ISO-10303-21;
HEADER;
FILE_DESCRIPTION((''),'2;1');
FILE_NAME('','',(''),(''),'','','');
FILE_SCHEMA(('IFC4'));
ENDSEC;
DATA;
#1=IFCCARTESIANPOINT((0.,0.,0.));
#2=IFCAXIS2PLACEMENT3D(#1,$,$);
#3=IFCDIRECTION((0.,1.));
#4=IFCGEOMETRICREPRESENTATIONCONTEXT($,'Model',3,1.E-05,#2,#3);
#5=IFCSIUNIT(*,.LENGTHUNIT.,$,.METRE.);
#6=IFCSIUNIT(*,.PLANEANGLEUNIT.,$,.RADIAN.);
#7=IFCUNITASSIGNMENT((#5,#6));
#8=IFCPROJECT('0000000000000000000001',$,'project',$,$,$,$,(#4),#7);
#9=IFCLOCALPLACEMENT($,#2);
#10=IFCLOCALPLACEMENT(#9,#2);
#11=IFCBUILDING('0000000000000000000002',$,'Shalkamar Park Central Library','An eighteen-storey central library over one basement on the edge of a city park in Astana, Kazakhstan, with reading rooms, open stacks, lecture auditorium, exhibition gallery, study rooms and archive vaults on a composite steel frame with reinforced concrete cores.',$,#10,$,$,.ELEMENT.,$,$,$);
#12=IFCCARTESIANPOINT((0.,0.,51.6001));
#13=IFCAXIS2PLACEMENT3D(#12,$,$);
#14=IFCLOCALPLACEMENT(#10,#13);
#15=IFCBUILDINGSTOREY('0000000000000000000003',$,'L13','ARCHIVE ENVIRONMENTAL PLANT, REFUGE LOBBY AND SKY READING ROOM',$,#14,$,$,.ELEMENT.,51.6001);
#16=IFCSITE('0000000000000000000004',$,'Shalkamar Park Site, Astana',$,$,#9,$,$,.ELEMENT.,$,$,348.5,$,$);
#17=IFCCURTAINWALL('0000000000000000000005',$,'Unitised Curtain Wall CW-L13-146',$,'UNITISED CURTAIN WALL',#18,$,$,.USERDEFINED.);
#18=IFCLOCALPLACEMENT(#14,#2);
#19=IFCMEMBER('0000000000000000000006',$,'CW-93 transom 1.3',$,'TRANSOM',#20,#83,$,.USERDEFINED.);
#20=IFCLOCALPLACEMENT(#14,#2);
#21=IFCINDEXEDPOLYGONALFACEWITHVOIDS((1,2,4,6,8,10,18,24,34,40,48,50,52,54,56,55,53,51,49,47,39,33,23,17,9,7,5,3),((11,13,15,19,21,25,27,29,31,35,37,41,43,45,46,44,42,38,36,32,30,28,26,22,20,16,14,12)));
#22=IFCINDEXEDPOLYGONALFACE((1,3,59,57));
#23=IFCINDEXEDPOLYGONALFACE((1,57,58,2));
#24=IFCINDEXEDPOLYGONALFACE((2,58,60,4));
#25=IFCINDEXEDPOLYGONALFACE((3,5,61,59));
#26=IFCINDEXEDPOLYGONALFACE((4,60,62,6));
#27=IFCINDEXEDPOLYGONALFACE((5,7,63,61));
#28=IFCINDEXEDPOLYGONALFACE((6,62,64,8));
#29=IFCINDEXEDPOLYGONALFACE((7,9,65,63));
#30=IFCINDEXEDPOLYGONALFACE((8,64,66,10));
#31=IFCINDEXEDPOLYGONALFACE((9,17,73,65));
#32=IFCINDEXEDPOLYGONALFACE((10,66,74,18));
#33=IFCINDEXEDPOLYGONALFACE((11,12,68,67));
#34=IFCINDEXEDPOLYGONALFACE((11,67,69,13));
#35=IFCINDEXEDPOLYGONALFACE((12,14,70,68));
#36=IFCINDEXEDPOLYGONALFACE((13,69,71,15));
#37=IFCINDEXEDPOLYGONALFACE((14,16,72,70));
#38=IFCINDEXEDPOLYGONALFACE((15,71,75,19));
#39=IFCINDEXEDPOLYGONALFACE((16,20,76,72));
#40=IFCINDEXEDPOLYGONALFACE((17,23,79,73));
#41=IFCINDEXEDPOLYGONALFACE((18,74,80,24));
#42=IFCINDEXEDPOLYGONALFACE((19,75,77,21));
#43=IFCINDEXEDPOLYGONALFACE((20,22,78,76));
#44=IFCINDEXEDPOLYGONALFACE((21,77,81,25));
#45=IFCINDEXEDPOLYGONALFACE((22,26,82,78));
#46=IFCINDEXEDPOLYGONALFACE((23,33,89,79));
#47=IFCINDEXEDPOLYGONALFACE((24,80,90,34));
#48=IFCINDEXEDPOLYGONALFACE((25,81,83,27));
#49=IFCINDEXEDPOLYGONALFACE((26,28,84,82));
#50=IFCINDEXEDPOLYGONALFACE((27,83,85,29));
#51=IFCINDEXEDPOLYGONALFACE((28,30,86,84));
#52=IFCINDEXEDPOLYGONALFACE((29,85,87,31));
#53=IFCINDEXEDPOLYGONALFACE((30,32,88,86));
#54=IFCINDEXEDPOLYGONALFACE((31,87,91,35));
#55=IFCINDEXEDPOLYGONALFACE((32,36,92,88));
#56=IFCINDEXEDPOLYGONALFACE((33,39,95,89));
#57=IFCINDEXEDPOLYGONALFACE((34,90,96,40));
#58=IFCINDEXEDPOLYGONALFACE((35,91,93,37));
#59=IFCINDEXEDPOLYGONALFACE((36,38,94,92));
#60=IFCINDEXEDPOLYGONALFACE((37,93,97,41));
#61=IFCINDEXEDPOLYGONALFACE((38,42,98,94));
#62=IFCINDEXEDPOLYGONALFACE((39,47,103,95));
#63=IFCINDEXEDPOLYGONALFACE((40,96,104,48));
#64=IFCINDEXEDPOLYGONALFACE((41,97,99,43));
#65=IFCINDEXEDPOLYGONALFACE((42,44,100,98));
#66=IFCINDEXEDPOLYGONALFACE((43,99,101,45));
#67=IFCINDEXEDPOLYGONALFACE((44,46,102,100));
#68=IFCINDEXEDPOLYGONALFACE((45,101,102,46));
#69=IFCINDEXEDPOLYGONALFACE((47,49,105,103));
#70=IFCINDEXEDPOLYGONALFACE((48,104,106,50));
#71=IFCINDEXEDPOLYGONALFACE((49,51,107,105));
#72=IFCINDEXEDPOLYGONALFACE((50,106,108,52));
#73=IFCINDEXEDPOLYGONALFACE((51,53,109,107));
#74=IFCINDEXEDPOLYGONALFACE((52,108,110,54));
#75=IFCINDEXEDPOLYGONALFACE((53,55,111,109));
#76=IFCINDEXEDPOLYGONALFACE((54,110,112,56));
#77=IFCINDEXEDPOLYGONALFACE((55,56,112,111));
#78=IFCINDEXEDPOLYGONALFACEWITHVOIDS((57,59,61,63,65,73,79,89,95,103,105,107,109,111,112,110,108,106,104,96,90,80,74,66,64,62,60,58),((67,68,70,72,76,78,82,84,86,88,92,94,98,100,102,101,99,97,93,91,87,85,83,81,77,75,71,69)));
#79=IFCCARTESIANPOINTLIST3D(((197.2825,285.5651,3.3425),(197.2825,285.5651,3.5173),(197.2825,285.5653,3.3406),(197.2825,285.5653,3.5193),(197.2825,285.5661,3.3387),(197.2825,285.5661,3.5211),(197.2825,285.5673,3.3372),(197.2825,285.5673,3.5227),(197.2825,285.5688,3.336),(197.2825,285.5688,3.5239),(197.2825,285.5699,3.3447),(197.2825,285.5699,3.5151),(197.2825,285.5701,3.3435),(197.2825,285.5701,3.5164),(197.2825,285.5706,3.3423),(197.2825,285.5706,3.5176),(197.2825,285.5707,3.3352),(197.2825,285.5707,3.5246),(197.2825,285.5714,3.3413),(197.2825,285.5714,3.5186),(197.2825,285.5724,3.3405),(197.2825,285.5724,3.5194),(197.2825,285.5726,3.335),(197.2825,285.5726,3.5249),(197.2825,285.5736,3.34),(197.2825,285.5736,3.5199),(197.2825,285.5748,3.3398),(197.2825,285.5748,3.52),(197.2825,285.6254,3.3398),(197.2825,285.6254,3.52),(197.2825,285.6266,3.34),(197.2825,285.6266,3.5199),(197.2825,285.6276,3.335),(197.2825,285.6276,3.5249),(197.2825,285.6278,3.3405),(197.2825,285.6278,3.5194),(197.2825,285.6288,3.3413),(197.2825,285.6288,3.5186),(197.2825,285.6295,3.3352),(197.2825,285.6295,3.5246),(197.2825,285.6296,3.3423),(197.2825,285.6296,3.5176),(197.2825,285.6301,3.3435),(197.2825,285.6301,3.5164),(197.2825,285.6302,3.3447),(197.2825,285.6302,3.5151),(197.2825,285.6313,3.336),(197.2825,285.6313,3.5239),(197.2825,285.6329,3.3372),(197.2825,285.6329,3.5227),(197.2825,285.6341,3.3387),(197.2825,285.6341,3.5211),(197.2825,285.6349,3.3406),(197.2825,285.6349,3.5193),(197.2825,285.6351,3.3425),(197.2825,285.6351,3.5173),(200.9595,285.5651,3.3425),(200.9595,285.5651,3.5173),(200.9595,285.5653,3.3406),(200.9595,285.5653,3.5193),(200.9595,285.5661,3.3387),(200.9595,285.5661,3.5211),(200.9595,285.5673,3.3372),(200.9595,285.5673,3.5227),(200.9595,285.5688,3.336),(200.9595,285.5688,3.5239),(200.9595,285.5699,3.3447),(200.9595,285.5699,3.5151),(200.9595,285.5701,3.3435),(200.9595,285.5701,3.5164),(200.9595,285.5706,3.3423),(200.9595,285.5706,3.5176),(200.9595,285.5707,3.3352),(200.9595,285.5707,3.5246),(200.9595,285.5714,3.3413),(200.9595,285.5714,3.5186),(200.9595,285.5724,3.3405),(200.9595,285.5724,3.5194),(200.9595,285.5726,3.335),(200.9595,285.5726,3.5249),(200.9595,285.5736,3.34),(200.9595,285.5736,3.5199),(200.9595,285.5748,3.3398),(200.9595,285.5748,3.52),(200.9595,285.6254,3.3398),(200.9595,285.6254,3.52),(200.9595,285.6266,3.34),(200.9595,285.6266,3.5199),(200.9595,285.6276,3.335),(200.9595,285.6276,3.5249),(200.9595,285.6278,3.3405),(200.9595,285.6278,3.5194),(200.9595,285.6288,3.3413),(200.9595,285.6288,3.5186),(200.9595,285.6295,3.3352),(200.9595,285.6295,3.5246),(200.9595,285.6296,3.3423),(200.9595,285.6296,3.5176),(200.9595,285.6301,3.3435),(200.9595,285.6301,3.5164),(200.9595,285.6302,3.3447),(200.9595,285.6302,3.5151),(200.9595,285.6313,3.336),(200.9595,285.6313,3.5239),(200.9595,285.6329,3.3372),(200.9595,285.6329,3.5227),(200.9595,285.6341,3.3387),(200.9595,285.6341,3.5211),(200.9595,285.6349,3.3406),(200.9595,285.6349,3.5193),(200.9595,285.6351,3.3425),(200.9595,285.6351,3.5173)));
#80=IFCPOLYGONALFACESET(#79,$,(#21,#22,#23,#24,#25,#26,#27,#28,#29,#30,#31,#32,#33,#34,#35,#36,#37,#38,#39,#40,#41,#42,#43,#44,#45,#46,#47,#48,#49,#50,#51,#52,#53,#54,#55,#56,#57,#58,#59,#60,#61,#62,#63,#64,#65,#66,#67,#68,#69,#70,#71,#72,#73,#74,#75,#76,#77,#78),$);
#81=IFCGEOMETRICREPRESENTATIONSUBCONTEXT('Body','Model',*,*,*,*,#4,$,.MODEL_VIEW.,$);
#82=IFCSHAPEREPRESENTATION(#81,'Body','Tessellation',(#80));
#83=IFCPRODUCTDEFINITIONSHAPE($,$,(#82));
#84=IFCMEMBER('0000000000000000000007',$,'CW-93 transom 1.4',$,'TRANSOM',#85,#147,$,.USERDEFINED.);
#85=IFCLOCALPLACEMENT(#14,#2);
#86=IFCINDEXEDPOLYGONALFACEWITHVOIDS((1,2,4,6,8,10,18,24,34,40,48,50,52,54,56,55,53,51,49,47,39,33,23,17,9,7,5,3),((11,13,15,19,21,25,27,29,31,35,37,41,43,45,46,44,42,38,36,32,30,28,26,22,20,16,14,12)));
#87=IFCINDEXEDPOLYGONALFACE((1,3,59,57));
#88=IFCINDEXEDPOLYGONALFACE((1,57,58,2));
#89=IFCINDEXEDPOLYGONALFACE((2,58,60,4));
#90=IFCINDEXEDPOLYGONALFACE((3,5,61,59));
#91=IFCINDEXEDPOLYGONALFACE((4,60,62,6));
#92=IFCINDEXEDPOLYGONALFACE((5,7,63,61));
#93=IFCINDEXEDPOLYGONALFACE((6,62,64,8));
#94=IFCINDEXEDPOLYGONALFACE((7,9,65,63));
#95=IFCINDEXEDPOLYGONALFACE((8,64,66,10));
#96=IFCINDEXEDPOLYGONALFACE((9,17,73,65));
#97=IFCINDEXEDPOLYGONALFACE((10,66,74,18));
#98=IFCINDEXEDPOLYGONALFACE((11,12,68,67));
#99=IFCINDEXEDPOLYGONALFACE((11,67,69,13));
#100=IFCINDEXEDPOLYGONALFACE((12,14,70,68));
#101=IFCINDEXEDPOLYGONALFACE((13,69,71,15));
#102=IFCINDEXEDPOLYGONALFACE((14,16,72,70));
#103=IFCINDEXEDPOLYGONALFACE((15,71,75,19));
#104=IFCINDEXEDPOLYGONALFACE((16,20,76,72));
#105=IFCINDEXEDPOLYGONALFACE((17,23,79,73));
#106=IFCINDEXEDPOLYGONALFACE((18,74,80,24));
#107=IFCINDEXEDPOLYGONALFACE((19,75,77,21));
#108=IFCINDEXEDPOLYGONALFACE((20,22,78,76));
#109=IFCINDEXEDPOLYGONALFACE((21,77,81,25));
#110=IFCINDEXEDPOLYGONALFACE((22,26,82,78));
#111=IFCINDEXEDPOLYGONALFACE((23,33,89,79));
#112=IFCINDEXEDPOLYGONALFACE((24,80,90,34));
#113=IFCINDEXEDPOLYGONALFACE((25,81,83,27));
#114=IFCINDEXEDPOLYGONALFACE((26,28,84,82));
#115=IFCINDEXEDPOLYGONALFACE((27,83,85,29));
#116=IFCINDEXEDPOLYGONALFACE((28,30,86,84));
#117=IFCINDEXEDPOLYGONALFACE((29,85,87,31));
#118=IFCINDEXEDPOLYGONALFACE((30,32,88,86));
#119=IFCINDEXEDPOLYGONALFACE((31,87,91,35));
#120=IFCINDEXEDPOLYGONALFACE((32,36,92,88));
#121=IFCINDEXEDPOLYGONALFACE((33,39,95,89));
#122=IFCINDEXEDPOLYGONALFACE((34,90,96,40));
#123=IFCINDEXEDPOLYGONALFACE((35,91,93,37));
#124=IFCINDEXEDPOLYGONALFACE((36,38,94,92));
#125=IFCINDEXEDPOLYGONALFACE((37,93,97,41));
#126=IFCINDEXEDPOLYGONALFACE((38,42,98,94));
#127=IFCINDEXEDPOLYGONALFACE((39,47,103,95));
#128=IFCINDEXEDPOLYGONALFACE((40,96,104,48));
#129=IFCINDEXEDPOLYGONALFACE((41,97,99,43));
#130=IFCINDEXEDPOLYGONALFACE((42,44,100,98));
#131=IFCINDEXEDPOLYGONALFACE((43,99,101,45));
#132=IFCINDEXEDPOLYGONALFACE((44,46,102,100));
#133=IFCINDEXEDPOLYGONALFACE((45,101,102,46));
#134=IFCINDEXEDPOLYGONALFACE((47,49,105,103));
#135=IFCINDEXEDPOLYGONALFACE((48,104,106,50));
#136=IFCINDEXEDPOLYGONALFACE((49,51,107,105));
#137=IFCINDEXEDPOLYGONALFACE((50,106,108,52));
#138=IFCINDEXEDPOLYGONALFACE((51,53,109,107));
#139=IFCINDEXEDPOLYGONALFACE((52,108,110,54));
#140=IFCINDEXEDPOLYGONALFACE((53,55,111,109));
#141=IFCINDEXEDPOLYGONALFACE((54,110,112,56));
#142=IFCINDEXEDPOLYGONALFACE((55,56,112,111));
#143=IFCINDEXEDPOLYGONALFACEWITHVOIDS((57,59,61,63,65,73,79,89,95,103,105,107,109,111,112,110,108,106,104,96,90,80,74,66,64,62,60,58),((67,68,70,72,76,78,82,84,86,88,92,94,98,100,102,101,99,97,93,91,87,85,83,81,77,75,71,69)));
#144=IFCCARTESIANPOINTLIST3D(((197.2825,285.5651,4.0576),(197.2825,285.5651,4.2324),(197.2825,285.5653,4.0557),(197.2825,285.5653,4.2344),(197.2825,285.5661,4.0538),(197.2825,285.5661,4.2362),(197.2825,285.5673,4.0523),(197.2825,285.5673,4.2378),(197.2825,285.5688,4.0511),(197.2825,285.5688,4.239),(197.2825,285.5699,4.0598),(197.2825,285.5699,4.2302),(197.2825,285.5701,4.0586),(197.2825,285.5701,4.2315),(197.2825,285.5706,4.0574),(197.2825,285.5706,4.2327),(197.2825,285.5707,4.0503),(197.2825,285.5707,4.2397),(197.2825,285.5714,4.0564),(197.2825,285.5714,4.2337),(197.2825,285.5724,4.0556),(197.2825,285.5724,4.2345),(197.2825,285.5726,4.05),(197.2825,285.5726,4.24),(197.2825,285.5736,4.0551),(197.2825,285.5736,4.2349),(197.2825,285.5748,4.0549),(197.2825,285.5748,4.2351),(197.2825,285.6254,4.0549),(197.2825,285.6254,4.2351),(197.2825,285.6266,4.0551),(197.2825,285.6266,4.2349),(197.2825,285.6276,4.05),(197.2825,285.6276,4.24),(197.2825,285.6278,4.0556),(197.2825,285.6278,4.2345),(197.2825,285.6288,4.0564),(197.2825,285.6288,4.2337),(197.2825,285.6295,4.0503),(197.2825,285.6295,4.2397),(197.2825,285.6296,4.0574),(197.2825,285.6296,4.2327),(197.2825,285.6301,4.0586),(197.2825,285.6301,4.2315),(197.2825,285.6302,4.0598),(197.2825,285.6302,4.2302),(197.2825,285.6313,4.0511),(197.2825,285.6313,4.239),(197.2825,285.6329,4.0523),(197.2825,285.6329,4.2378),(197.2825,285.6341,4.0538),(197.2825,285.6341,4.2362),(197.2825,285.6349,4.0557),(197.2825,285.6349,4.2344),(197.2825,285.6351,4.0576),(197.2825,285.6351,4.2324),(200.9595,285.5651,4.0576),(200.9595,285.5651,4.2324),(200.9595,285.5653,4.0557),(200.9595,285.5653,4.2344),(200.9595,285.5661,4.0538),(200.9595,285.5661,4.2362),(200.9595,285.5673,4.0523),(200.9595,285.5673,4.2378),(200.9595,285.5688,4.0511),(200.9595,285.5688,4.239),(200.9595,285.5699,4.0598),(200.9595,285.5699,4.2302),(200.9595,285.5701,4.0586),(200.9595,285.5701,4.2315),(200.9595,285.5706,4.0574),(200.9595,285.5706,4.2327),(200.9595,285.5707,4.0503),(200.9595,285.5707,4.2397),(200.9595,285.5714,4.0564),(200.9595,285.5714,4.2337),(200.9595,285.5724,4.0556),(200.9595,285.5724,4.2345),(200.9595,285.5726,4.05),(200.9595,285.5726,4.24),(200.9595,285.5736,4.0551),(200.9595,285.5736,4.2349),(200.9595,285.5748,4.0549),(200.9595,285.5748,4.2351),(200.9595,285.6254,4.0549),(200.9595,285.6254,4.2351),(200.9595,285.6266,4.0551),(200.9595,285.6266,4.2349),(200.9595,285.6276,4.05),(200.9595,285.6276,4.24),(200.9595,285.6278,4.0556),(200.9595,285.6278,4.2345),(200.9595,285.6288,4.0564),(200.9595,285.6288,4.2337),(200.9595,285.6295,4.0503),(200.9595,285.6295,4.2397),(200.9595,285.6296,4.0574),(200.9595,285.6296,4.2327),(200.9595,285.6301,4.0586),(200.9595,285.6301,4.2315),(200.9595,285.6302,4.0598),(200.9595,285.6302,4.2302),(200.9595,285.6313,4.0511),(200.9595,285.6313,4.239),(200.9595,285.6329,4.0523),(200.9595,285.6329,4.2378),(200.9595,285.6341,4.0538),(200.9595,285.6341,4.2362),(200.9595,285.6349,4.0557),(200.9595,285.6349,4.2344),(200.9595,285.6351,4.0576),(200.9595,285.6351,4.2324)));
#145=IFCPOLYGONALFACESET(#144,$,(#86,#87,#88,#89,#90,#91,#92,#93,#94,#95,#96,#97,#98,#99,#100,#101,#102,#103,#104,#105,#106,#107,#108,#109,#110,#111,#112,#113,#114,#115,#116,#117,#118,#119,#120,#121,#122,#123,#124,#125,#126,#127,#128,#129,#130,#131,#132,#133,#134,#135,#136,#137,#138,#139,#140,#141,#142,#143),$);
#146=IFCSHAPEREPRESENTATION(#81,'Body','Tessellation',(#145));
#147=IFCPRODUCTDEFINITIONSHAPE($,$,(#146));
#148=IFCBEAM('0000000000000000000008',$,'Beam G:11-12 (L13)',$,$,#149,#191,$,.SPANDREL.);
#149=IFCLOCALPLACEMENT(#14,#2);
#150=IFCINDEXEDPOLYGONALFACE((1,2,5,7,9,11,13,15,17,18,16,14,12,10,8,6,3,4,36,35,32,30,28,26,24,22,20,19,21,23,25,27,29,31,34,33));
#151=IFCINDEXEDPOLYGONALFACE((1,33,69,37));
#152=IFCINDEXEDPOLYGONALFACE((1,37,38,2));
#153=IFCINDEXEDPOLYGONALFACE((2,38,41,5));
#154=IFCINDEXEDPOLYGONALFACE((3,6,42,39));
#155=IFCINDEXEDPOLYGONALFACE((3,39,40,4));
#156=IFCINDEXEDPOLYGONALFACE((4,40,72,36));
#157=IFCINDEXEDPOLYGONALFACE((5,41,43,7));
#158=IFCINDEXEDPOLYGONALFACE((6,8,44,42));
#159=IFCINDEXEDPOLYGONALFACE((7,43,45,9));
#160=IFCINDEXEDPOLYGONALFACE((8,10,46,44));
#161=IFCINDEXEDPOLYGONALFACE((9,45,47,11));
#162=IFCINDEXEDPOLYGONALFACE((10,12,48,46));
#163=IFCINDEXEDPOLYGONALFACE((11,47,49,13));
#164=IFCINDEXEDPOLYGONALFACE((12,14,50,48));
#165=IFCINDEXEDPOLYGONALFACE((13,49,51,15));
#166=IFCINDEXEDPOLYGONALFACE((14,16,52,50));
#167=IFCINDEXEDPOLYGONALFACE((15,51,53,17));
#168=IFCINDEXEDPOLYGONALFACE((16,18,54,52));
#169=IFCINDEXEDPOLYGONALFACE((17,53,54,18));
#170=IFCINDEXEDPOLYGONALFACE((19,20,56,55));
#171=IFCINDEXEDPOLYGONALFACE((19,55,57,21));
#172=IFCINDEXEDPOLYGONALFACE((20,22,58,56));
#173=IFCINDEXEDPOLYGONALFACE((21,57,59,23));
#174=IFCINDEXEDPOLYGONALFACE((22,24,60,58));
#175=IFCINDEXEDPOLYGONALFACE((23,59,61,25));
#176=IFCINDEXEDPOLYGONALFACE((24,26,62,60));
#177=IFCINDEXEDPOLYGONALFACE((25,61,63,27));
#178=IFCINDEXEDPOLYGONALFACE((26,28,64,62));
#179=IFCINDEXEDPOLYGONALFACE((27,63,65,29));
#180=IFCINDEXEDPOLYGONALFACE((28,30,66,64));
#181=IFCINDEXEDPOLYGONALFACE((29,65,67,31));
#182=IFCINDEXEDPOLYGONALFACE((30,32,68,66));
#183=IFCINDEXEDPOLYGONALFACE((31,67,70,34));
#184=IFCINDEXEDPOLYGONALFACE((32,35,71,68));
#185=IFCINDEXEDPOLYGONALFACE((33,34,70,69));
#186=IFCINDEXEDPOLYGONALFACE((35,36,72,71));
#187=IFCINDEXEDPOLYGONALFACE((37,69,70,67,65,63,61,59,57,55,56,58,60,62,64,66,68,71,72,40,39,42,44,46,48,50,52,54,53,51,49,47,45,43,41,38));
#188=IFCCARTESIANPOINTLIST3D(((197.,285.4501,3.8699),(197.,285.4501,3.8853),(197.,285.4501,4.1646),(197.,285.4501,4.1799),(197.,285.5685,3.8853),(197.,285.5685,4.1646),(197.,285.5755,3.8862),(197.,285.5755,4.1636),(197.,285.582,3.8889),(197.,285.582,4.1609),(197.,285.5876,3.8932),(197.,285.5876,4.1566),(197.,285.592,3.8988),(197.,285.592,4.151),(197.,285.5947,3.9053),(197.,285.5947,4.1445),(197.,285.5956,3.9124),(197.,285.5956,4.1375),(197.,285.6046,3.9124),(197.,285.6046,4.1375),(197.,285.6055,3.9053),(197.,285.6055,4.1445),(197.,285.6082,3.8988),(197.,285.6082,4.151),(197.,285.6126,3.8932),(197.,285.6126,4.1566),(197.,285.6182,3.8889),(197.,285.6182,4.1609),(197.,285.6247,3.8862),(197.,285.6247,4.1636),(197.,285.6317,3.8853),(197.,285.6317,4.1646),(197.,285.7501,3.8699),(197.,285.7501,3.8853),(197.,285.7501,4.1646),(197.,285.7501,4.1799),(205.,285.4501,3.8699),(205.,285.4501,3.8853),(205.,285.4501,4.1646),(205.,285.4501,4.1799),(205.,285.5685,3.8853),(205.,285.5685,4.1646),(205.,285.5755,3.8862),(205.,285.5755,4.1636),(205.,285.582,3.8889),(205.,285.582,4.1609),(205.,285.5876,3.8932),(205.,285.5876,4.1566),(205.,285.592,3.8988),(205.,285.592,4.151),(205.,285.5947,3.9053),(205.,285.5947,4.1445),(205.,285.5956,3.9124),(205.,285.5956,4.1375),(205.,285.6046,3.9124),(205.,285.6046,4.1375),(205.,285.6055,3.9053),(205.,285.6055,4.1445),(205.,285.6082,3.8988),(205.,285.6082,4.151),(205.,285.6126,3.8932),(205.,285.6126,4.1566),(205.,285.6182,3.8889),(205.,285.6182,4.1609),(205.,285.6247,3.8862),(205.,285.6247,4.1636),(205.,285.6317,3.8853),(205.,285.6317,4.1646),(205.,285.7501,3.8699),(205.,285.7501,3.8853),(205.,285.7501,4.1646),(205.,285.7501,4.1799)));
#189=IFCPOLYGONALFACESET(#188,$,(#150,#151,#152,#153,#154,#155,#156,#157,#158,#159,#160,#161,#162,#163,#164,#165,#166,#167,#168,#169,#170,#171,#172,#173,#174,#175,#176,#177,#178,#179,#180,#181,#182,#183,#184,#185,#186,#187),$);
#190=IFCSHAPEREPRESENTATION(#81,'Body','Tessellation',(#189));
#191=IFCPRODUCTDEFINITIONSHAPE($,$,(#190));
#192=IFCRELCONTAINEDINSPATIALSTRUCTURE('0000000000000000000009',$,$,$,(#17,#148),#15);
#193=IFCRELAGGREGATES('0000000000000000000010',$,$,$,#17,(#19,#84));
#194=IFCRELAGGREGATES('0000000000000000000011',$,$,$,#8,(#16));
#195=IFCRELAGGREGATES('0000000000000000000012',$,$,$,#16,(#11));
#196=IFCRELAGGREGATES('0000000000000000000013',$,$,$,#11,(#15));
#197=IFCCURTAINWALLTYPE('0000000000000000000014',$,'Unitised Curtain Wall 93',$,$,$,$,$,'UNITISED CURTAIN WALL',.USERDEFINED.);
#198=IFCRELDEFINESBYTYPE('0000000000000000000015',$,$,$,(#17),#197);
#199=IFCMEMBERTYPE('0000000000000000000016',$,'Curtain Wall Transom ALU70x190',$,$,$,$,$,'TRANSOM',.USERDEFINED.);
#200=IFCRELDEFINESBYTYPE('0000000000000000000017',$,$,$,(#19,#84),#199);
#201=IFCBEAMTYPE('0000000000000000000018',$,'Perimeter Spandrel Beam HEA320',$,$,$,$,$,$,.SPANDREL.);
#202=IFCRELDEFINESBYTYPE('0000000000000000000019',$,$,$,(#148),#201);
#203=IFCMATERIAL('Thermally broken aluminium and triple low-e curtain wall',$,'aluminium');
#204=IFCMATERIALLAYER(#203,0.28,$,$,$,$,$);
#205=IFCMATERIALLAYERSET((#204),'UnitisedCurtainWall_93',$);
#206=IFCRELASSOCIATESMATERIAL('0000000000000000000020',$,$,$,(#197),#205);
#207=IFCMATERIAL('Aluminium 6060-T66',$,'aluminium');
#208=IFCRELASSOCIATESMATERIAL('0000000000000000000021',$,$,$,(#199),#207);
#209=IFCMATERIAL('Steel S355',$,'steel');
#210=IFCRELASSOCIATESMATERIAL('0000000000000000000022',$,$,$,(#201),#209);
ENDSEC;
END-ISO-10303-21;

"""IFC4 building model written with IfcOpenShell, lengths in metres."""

from ifc_helpers import new_model, si_unit, direction, frame, origin, origin_2d, place, context, subcontext, project, spatial, hollow_rectangle, i_section, extrude, material, layer, layer_set, material_profile, profile_set, type_object, element, aggregate, save


model = new_model("IFC4")

# Units and contexts
model_context = context("Model", 3, precision=1e-05, world=origin(), true_north=direction((0.0, 1.0)))
body_context = subcontext(model_context, "Body", "Model", "MODEL_VIEW")
ifc_project = project(units=[si_unit("LENGTHUNIT", "METRE"), si_unit("PLANEANGLEUNIT", "RADIAN")], contexts=[model_context])

# Site, building, storey
site_placement = place(None, origin())
site = spatial("IfcSite", under=ifc_project, at=site_placement, Name="Shalkamar Park Site, Astana", CompositionType="ELEMENT", RefElevation=348.5)
building_placement = place(site_placement, origin())
building = spatial("IfcBuilding", under=site, at=building_placement, Name="Shalkamar Park Central Library", Description="An eighteen-storey central library over one basement on the edge of a city park in Astana, Kazakhstan, with reading rooms, open stacks, lecture auditorium, exhibition gallery, study rooms and archive vaults on a composite steel frame with reinforced concrete cores.", CompositionType="ELEMENT")
storey_placement = place(building_placement, frame((0.0, 0.0, 51.6001)))
storey = spatial("IfcBuildingStorey", under=building, at=storey_placement, Name="L13", Description="ARCHIVE ENVIRONMENTAL PLANT, REFUGE LOBBY AND SKY READING ROOM", CompositionType="ELEMENT", Elevation=51.6001)

# Shared definitions
ifc_material_1 = material(Name="Steel S355", Category="steel")

# Shared definitions
ifc_material_2 = material(Name="Thermally broken aluminium and triple low-e curtain wall", Category="aluminium")
ifc_material_3 = material(Name="Aluminium 6060-T66", Category="aluminium")

# Curtain wall
ifc_layer_1 = layer(ifc_material_2, 0.28)
ifc_layer_set_1 = layer_set([ifc_layer_1], Name="UnitisedCurtainWall_93")
curtain_wall_type_1 = type_object("IfcCurtainWallType", Name="Unitised Curtain Wall 93", ElementType="UNITISED CURTAIN WALL", PredefinedType="USERDEFINED", material=ifc_layer_set_1)
curtain_wall_1_placement = place(storey_placement, origin())
curtain_wall_1 = element("IfcCurtainWall", 1, at=curtain_wall_1_placement, inside=storey, type_object=curtain_wall_type_1, Name="Unitised Curtain Wall CW-L13-146", ObjectType="UNITISED CURTAIN WALL", PredefinedType="USERDEFINED")

# Members
ifc_material_profile_1 = material_profile(ifc_material_3, hollow_rectangle(XDim=0.0701, YDim=0.1899, WallThickness=0.0049, InnerFilletRadius=0.0049, OuterFilletRadius=0.0076, at=origin_2d()), Name="ALU 70x190x5")
ifc_profile_set_1 = profile_set([ifc_material_profile_1], Name="Aluminium 6060-T66")
member_type_1 = type_object("IfcMemberType", Name="Curtain Wall Transom ALU70x190", ElementType="TRANSOM", PredefinedType="USERDEFINED", material=ifc_profile_set_1)
member_1_placement = place(storey_placement, frame((197.2825, 285.6001, 3.4299), z_axis=(1.0, 0.0, 0.0), x_axis=(0.0, 1.0, 0.0)))
member_1 = element("IfcMember", 2, at=member_1_placement, type_object=member_type_1, Name="CW-93 transom 1.3", ObjectType="TRANSOM", PredefinedType="USERDEFINED", context=body_context, shape_type="SweptSolid", body=[
    extrude(hollow_rectangle(XDim=0.0701, YDim=0.1899, WallThickness=0.0049, InnerFilletRadius=0.0049, OuterFilletRadius=0.0076, at=origin_2d()), origin(), (0.0, 0.0, 1.0), 3.677),
])
member_2_placement = place(storey_placement, frame((197.2825, 285.6001, 4.145), z_axis=(1.0, 0.0, 0.0), x_axis=(0.0, 1.0, 0.0)))
member_2 = element("IfcMember", 3, at=member_2_placement, type_object=member_type_1, Name="CW-93 transom 1.4", ObjectType="TRANSOM", PredefinedType="USERDEFINED", context=body_context, shape_type="SweptSolid", body=[
    extrude(hollow_rectangle(XDim=0.0701, YDim=0.1899, WallThickness=0.0049, InnerFilletRadius=0.0049, OuterFilletRadius=0.0076, at=origin_2d()), origin(), (0.0, 0.0, 1.0), 3.677),
])

# Beam
ifc_material_profile_2 = material_profile(ifc_material_1, i_section(OverallWidth=0.3, OverallDepth=0.3101, WebThickness=0.009, FlangeThickness=0.0154, FilletRadius=0.0271, at=origin_2d()), Name="HEA 320")
ifc_profile_set_2 = profile_set([ifc_material_profile_2], Name="Steel S355")
beam_type_1 = type_object("IfcBeamType", Name="Perimeter Spandrel Beam HEA320", PredefinedType="SPANDREL", material=ifc_profile_set_2)
beam_1_placement = place(storey_placement, frame((197.0, 285.6001, 4.0249), z_axis=(1.0, 0.0, 0.0), x_axis=(0.0, 1.0, 0.0)))
element("IfcBeam", 4, at=beam_1_placement, inside=storey, type_object=beam_type_1, Name="Beam G:11-12 (L13)", PredefinedType="SPANDREL", context=body_context, shape_type="SweptSolid", body=[
    extrude(i_section(OverallWidth=0.3, OverallDepth=0.3101, WebThickness=0.009, FlangeThickness=0.0154, FilletRadius=0.0271, at=origin_2d()), origin(), (0.0, 0.0, 1.0), 8.0),
])

aggregate(curtain_wall_1, [member_1, member_2])

save(model, "model.ifc")
